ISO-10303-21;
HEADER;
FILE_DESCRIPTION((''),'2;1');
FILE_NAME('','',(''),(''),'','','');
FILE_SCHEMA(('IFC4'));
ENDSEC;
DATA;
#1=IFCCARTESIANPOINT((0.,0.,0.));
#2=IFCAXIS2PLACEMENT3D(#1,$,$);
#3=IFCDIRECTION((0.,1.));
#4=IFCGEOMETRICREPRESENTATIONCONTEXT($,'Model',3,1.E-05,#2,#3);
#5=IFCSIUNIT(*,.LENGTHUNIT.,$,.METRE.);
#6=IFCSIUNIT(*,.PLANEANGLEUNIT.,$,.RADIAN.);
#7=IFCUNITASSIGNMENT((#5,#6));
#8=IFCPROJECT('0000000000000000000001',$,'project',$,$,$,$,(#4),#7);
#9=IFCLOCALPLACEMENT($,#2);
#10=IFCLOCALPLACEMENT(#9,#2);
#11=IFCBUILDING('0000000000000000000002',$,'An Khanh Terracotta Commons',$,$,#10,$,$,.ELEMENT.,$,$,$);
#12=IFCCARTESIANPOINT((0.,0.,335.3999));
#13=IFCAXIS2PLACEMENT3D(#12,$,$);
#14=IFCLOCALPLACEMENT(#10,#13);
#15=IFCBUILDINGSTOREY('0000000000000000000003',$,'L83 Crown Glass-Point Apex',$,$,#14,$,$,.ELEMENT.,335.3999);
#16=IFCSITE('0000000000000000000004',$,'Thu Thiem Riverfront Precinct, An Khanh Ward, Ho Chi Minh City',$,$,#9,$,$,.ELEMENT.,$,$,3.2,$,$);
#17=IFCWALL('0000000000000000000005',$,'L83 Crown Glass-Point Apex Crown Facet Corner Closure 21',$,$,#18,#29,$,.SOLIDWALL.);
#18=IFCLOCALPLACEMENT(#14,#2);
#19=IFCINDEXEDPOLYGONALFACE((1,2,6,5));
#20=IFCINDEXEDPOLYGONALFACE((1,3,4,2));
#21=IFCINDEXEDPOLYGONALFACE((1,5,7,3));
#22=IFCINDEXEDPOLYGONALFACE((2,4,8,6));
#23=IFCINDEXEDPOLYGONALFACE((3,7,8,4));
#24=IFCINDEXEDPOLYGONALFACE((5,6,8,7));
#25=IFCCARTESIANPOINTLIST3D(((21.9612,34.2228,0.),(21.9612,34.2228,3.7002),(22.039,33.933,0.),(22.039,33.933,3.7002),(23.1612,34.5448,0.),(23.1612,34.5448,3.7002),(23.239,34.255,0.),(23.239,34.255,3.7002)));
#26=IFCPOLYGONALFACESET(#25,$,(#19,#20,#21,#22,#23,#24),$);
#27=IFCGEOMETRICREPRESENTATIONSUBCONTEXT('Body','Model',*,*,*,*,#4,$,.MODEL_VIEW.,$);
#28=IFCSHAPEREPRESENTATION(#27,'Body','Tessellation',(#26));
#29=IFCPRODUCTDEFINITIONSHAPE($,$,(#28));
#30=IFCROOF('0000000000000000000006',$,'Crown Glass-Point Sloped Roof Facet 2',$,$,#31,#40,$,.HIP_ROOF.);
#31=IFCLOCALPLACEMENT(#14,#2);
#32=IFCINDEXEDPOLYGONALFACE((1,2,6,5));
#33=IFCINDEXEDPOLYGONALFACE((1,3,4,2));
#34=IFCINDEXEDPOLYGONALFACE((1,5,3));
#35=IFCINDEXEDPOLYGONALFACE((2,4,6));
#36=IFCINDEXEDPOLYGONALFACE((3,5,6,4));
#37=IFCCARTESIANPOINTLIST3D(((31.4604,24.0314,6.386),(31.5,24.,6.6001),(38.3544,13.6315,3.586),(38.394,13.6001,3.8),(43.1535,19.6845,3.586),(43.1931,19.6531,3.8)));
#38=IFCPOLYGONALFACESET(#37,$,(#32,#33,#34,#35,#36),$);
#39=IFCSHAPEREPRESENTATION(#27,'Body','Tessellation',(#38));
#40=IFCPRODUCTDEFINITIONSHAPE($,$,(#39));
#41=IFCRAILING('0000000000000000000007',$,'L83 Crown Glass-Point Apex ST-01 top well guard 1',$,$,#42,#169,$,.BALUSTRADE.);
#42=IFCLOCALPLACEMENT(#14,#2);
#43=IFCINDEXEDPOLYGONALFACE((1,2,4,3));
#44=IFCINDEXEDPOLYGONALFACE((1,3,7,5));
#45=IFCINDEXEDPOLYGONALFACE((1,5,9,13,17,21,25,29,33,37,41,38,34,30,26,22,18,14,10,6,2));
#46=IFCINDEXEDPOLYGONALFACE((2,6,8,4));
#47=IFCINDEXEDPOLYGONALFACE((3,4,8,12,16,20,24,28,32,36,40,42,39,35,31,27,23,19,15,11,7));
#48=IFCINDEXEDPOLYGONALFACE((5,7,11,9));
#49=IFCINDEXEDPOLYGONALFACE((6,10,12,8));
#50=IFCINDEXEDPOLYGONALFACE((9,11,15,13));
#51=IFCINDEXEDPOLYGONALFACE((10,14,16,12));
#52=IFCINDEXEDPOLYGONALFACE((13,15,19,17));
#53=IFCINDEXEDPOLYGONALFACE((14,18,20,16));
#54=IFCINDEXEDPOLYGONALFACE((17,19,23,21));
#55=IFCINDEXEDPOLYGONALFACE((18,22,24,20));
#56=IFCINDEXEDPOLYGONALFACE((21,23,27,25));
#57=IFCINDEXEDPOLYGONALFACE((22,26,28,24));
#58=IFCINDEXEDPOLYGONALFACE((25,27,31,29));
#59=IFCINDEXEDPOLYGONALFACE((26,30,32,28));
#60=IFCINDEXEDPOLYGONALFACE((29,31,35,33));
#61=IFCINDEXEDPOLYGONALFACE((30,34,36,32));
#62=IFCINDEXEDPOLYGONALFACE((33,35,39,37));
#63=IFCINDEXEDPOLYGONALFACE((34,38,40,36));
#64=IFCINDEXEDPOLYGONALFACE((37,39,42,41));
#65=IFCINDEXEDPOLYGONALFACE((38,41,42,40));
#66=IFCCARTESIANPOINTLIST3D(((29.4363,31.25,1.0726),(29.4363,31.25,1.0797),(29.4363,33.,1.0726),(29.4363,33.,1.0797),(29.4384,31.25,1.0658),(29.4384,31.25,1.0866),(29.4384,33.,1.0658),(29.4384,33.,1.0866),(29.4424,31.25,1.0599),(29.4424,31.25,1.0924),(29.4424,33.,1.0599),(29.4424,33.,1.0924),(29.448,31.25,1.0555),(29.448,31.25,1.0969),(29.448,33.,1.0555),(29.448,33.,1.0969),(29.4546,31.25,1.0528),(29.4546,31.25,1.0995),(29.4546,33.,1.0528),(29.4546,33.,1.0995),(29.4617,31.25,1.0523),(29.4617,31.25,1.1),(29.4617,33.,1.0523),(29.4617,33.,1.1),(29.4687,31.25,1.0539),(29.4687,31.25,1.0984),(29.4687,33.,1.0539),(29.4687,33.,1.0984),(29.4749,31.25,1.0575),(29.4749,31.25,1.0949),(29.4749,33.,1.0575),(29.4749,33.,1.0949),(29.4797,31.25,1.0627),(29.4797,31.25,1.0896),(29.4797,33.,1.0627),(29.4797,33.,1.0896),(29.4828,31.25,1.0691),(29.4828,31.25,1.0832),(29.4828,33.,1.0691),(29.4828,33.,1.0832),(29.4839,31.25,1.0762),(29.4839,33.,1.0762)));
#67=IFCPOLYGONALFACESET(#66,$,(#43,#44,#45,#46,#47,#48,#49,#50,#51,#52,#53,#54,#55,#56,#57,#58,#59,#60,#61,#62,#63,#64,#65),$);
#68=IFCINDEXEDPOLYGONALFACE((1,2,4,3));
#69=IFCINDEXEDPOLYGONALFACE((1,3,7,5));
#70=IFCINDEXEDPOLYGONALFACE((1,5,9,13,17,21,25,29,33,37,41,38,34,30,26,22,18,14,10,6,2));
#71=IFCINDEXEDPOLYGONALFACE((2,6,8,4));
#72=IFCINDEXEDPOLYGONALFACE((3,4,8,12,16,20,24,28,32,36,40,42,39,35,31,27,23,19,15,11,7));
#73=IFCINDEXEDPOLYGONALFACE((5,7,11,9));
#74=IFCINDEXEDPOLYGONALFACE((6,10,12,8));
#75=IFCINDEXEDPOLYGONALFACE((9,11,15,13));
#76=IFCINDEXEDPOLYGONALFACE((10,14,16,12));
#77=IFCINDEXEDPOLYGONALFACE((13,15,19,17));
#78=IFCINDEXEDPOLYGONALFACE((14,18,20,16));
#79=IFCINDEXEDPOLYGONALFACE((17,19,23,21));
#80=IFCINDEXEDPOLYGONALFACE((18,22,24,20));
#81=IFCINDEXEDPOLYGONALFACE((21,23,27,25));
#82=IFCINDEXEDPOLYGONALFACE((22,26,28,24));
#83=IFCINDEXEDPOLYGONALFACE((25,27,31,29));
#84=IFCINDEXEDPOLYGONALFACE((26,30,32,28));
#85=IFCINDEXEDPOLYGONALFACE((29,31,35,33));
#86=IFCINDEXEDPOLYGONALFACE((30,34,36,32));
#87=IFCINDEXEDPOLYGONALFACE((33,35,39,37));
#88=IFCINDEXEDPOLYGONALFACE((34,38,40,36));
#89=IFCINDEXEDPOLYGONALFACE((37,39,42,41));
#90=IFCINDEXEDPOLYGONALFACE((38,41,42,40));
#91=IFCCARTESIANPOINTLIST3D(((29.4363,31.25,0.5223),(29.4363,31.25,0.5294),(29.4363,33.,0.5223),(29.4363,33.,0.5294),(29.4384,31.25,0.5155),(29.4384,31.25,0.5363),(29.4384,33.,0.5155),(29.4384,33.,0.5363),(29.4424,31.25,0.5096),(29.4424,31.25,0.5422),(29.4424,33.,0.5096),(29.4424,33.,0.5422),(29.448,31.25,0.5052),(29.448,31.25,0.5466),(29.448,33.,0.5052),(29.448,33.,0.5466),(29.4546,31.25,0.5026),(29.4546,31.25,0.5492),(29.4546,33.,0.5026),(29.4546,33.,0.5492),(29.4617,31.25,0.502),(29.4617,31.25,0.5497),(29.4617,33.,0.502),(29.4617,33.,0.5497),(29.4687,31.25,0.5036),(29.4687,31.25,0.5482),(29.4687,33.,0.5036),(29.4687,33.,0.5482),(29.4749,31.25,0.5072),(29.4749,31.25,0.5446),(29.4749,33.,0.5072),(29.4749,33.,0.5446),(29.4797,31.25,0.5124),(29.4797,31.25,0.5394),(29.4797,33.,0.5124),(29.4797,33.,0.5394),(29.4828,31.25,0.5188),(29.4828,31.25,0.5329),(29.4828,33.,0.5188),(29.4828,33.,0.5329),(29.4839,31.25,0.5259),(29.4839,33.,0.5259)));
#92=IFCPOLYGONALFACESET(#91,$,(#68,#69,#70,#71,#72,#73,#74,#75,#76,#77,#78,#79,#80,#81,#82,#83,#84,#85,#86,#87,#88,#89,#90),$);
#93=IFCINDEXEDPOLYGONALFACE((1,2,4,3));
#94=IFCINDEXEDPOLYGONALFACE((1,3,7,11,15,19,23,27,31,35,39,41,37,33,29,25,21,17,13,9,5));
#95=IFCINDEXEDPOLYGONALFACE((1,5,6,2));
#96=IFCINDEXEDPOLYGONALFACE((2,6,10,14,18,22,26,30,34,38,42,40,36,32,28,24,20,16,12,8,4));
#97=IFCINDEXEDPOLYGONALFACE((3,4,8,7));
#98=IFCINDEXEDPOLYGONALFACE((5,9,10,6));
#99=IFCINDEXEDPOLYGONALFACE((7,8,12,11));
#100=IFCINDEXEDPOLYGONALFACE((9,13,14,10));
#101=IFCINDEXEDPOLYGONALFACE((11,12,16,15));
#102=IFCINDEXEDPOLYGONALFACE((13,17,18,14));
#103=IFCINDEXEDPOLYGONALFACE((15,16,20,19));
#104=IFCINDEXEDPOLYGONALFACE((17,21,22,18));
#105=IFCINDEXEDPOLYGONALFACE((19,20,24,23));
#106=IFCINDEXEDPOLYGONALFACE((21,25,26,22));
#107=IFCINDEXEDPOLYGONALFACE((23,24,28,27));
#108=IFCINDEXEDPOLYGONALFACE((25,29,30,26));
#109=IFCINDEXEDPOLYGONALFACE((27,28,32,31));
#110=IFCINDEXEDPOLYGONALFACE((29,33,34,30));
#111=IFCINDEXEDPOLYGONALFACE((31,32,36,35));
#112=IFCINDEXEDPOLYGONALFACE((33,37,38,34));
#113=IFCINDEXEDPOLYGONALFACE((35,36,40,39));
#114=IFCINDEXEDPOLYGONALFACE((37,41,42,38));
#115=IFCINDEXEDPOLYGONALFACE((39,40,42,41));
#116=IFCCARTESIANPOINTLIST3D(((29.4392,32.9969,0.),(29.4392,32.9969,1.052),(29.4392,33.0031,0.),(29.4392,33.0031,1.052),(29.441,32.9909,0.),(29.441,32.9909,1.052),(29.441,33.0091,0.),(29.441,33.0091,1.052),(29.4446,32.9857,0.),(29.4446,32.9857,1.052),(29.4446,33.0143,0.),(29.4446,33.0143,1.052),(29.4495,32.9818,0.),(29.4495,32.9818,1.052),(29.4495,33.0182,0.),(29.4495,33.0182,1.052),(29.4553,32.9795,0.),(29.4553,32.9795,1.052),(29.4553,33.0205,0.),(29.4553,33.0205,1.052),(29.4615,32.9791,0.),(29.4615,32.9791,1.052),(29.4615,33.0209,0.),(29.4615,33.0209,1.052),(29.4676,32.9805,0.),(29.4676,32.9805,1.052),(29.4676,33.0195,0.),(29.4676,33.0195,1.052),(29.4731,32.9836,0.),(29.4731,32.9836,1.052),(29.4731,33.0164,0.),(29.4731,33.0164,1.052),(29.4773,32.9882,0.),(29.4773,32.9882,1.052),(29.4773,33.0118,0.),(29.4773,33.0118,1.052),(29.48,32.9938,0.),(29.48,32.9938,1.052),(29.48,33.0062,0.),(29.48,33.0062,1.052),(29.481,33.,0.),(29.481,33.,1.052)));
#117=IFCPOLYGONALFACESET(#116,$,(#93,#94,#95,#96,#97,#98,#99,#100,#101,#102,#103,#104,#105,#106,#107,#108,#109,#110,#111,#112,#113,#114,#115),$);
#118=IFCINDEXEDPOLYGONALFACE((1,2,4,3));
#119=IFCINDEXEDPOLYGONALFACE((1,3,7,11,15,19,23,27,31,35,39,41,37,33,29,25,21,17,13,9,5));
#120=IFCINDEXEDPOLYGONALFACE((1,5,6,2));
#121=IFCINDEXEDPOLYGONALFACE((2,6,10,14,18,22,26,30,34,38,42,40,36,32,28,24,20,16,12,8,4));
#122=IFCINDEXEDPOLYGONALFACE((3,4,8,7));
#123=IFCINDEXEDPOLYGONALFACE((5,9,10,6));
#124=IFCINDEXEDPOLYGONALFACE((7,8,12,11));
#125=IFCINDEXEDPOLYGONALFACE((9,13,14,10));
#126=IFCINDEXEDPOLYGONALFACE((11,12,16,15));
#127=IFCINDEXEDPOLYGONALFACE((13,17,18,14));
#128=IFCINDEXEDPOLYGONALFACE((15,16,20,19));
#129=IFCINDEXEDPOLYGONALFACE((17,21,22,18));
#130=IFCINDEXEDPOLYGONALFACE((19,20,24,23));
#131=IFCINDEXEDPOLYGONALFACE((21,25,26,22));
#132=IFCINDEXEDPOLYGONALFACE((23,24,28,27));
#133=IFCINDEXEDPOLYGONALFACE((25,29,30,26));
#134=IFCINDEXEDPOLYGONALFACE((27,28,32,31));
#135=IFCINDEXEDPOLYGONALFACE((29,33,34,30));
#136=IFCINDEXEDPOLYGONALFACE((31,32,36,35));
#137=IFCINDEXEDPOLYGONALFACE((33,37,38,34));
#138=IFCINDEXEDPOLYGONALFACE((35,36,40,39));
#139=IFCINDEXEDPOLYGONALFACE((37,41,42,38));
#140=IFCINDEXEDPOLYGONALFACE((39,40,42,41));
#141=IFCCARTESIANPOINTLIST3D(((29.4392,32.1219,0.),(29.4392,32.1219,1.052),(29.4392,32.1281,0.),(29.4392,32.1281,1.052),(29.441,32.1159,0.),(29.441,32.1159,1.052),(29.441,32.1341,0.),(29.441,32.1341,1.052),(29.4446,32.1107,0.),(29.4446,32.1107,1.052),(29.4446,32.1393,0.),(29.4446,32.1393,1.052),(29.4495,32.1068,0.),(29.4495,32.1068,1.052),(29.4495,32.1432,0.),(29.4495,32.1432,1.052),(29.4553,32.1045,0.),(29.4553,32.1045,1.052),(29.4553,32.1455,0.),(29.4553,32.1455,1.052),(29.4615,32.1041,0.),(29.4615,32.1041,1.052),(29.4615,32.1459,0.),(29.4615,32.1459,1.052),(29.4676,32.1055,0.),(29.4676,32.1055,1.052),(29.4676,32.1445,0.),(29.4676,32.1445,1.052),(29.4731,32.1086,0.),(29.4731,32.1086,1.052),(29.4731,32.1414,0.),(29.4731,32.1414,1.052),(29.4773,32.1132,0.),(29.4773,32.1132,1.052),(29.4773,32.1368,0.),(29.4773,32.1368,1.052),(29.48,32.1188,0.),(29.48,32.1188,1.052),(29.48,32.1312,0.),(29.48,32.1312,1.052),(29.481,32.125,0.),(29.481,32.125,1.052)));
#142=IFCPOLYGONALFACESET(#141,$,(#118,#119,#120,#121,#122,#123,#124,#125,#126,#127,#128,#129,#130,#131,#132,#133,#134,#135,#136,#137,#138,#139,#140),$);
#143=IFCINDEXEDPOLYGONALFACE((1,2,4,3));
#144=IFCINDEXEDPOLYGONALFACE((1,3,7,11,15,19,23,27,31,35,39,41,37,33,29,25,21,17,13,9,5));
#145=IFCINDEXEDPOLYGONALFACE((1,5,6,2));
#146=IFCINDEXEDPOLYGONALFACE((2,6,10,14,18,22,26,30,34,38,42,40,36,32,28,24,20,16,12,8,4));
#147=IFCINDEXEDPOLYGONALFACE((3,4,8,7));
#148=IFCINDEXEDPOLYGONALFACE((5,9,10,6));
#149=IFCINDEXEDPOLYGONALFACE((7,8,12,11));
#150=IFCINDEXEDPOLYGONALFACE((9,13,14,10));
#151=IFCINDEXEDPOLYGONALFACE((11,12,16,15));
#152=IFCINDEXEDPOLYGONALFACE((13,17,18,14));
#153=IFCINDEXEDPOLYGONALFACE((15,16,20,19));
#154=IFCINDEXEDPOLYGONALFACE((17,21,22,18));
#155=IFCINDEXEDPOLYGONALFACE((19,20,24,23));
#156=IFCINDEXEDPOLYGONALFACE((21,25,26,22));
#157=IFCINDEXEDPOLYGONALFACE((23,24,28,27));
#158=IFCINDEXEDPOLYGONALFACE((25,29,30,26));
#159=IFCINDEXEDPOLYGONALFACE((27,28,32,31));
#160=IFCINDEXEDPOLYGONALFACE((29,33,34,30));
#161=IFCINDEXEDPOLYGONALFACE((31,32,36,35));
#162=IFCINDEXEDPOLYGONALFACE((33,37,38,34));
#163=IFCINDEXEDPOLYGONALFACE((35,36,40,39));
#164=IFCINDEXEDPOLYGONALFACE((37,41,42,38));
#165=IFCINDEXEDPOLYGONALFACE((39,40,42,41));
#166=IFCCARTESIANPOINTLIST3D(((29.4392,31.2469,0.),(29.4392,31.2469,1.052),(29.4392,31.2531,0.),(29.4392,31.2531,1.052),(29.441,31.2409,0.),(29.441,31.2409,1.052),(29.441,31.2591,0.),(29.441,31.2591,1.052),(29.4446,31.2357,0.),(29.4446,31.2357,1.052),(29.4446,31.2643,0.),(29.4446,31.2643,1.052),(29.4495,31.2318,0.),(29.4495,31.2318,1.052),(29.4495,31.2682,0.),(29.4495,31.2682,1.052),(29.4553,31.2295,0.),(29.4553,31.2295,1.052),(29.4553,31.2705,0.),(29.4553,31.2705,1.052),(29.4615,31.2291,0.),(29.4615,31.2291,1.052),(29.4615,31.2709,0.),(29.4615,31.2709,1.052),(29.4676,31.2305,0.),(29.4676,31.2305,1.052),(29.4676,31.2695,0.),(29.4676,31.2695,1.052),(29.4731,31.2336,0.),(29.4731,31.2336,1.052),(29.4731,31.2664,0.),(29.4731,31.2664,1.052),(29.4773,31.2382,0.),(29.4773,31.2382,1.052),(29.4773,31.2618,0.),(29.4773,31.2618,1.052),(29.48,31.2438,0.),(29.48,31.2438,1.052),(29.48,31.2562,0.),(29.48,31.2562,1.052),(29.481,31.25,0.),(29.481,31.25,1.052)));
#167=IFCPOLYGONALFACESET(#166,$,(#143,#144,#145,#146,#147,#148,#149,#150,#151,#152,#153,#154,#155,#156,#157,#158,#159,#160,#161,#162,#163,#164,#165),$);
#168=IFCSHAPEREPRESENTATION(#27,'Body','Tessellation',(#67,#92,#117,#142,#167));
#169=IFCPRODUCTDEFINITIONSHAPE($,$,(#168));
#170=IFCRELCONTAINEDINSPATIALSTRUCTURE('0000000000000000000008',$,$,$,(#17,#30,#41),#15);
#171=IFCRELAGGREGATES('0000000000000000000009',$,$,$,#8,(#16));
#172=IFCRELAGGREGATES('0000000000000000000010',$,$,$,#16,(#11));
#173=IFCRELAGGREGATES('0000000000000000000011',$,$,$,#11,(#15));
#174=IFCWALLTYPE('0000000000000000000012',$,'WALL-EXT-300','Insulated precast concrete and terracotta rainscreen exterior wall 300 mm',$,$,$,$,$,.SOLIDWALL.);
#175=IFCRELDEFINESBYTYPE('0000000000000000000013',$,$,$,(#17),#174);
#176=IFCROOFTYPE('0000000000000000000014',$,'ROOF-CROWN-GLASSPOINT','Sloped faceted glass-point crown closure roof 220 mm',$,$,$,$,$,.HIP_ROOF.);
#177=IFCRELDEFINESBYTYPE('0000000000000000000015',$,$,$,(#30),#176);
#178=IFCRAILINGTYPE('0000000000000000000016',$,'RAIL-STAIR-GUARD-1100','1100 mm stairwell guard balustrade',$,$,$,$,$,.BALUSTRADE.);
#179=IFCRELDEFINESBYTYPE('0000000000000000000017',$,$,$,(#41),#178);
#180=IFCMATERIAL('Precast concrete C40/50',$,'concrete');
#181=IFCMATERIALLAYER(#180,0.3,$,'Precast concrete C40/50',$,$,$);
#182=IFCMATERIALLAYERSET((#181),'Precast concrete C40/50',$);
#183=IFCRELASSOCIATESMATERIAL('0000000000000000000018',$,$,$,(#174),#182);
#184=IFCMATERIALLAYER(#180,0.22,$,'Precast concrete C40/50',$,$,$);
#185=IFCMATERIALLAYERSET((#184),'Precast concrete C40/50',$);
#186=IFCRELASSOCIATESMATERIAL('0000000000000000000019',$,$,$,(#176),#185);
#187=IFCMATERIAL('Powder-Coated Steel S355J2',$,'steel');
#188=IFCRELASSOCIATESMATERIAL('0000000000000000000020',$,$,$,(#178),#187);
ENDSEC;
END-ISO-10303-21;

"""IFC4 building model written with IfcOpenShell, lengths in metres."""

from ifc_helpers import new_model, si_unit, direction, frame, frame_2d, origin, origin_2d, place, context, subcontext, project, spatial, polyline, rectangle, circle, outline, extrude, material, layer, layer_set, type_object, element, save


model = new_model("IFC4")

# Units and contexts
model_context = context("Model", 3, precision=1e-05, world=origin(), true_north=direction((0.0, 1.0)))
body_context = subcontext(model_context, "Body", "Model", "MODEL_VIEW")
ifc_project = project(units=[si_unit("LENGTHUNIT", "METRE"), si_unit("PLANEANGLEUNIT", "RADIAN")], contexts=[model_context])

# Site, building, storey
site_placement = place(None, origin())
site = spatial("IfcSite", under=ifc_project, at=site_placement, Name="Thu Thiem Riverfront Precinct, An Khanh Ward, Ho Chi Minh City", CompositionType="ELEMENT", RefElevation=3.2)
building_placement = place(site_placement, origin())
building = spatial("IfcBuilding", under=site, at=building_placement, Name="An Khanh Terracotta Commons", CompositionType="ELEMENT")
storey_placement = place(building_placement, frame((0.0, 0.0, 335.3999)))
storey = spatial("IfcBuildingStorey", under=building, at=storey_placement, Name="L83 Crown Glass-Point Apex", CompositionType="ELEMENT", Elevation=335.3999)

# Wall
ifc_material_1 = material(Name="Precast concrete C40/50", Category="concrete")
ifc_layer_1 = layer(ifc_material_1, 0.3, Name="Precast concrete C40/50")
ifc_layer_set_1 = layer_set([ifc_layer_1], Name="Precast concrete C40/50")
wall_type_1 = type_object("IfcWallType", Name="WALL-EXT-300", Description="Insulated precast concrete and terracotta rainscreen exterior wall 300 mm", PredefinedType="SOLIDWALL", material=ifc_layer_set_1)
wall_1_placement = place(storey_placement, frame((23.2, 34.3999, 0.0), z_axis=(0.0, 0.0, 1.0), x_axis=(-0.965826, -0.259191, 0.0)))
element("IfcWall", 1, at=wall_1_placement, inside=storey, type_object=wall_type_1, Name="L83 Crown Glass-Point Apex Crown Facet Corner Closure 21", PredefinedType="SOLIDWALL", context=body_context, shape_type="SweptSolid", body=[
    extrude(rectangle(XDim=1.2424, YDim=0.3, at=frame_2d((0.6211, 0.0))), origin(), (0.0, 0.0, 1.0), 3.7002),
])

# Roof
ifc_layer_2 = layer(ifc_material_1, 0.22, Name="Precast concrete C40/50")
ifc_layer_set_2 = layer_set([ifc_layer_2], Name="Precast concrete C40/50")
roof_type = type_object("IfcRoofType", Name="ROOF-CROWN-GLASSPOINT", Description="Sloped faceted glass-point crown closure roof 220 mm", PredefinedType="HIP_ROOF", material=ifc_layer_set_2)
roof_placement = place(storey_placement, frame((38.394, 13.6001, 3.8), z_axis=(0.180003, -0.142715, 0.973258), x_axis=(0.62127, 0.783596, 0.0)))
element("IfcRoof", 2, at=roof_placement, inside=storey, type_object=roof_type, Name="Crown Glass-Point Sloped Roof Facet 2", PredefinedType="HIP_ROOF", context=body_context, shape_type="SweptSolid", body=[
    extrude(outline(polyline([(0.0, 0.0), (7.7246, 0.0), (3.8663, 12.1893), (0.0, 0.0)])), origin(), (0.0, 0.0, -1.0), 0.22),
])

# Railing
ifc_material_2 = material(Name="Powder-Coated Steel S355J2", Category="steel")
railing_type = type_object("IfcRailingType", Name="RAIL-STAIR-GUARD-1100", Description="1100 mm stairwell guard balustrade", PredefinedType="BALUSTRADE", material=ifc_material_2)
for number, where, name in (
    (3, (29.46, 33.0, 0.0), "L83 Crown Glass-Point Apex ST-01 top well guard 1"),
):
    element("IfcRailing", number, at=place(storey_placement, frame(where)), inside=storey, type_object=railing_type, Name=name, PredefinedType="BALUSTRADE", context=body_context, shape_type="SweptSolid", body=[
        extrude(circle(Radius=0.0239, at=origin_2d()), frame((0.0, 0.0, 1.0762), z_axis=(0.0, -1.0, 0.0), x_axis=(1.0, 0.0, 0.0)), (0.0, 0.0, 1.0), 1.75),
        extrude(circle(Radius=0.0239, at=origin_2d()), frame((0.0, 0.0, 0.5259), z_axis=(0.0, -1.0, 0.0), x_axis=(1.0, 0.0, 0.0)), (0.0, 0.0, 1.0), 1.75),
        extrude(circle(Radius=0.021, at=origin_2d()), origin(), (0.0, 0.0, 1.0), 1.052),
        extrude(circle(Radius=0.021, at=origin_2d()), frame((0.0, -0.875, 0.0)), (0.0, 0.0, 1.0), 1.052),
        extrude(circle(Radius=0.021, at=origin_2d()), frame((0.0, -1.75, 0.0)), (0.0, 0.0, 1.0), 1.052),
    ])

save(model, "model.ifc")
